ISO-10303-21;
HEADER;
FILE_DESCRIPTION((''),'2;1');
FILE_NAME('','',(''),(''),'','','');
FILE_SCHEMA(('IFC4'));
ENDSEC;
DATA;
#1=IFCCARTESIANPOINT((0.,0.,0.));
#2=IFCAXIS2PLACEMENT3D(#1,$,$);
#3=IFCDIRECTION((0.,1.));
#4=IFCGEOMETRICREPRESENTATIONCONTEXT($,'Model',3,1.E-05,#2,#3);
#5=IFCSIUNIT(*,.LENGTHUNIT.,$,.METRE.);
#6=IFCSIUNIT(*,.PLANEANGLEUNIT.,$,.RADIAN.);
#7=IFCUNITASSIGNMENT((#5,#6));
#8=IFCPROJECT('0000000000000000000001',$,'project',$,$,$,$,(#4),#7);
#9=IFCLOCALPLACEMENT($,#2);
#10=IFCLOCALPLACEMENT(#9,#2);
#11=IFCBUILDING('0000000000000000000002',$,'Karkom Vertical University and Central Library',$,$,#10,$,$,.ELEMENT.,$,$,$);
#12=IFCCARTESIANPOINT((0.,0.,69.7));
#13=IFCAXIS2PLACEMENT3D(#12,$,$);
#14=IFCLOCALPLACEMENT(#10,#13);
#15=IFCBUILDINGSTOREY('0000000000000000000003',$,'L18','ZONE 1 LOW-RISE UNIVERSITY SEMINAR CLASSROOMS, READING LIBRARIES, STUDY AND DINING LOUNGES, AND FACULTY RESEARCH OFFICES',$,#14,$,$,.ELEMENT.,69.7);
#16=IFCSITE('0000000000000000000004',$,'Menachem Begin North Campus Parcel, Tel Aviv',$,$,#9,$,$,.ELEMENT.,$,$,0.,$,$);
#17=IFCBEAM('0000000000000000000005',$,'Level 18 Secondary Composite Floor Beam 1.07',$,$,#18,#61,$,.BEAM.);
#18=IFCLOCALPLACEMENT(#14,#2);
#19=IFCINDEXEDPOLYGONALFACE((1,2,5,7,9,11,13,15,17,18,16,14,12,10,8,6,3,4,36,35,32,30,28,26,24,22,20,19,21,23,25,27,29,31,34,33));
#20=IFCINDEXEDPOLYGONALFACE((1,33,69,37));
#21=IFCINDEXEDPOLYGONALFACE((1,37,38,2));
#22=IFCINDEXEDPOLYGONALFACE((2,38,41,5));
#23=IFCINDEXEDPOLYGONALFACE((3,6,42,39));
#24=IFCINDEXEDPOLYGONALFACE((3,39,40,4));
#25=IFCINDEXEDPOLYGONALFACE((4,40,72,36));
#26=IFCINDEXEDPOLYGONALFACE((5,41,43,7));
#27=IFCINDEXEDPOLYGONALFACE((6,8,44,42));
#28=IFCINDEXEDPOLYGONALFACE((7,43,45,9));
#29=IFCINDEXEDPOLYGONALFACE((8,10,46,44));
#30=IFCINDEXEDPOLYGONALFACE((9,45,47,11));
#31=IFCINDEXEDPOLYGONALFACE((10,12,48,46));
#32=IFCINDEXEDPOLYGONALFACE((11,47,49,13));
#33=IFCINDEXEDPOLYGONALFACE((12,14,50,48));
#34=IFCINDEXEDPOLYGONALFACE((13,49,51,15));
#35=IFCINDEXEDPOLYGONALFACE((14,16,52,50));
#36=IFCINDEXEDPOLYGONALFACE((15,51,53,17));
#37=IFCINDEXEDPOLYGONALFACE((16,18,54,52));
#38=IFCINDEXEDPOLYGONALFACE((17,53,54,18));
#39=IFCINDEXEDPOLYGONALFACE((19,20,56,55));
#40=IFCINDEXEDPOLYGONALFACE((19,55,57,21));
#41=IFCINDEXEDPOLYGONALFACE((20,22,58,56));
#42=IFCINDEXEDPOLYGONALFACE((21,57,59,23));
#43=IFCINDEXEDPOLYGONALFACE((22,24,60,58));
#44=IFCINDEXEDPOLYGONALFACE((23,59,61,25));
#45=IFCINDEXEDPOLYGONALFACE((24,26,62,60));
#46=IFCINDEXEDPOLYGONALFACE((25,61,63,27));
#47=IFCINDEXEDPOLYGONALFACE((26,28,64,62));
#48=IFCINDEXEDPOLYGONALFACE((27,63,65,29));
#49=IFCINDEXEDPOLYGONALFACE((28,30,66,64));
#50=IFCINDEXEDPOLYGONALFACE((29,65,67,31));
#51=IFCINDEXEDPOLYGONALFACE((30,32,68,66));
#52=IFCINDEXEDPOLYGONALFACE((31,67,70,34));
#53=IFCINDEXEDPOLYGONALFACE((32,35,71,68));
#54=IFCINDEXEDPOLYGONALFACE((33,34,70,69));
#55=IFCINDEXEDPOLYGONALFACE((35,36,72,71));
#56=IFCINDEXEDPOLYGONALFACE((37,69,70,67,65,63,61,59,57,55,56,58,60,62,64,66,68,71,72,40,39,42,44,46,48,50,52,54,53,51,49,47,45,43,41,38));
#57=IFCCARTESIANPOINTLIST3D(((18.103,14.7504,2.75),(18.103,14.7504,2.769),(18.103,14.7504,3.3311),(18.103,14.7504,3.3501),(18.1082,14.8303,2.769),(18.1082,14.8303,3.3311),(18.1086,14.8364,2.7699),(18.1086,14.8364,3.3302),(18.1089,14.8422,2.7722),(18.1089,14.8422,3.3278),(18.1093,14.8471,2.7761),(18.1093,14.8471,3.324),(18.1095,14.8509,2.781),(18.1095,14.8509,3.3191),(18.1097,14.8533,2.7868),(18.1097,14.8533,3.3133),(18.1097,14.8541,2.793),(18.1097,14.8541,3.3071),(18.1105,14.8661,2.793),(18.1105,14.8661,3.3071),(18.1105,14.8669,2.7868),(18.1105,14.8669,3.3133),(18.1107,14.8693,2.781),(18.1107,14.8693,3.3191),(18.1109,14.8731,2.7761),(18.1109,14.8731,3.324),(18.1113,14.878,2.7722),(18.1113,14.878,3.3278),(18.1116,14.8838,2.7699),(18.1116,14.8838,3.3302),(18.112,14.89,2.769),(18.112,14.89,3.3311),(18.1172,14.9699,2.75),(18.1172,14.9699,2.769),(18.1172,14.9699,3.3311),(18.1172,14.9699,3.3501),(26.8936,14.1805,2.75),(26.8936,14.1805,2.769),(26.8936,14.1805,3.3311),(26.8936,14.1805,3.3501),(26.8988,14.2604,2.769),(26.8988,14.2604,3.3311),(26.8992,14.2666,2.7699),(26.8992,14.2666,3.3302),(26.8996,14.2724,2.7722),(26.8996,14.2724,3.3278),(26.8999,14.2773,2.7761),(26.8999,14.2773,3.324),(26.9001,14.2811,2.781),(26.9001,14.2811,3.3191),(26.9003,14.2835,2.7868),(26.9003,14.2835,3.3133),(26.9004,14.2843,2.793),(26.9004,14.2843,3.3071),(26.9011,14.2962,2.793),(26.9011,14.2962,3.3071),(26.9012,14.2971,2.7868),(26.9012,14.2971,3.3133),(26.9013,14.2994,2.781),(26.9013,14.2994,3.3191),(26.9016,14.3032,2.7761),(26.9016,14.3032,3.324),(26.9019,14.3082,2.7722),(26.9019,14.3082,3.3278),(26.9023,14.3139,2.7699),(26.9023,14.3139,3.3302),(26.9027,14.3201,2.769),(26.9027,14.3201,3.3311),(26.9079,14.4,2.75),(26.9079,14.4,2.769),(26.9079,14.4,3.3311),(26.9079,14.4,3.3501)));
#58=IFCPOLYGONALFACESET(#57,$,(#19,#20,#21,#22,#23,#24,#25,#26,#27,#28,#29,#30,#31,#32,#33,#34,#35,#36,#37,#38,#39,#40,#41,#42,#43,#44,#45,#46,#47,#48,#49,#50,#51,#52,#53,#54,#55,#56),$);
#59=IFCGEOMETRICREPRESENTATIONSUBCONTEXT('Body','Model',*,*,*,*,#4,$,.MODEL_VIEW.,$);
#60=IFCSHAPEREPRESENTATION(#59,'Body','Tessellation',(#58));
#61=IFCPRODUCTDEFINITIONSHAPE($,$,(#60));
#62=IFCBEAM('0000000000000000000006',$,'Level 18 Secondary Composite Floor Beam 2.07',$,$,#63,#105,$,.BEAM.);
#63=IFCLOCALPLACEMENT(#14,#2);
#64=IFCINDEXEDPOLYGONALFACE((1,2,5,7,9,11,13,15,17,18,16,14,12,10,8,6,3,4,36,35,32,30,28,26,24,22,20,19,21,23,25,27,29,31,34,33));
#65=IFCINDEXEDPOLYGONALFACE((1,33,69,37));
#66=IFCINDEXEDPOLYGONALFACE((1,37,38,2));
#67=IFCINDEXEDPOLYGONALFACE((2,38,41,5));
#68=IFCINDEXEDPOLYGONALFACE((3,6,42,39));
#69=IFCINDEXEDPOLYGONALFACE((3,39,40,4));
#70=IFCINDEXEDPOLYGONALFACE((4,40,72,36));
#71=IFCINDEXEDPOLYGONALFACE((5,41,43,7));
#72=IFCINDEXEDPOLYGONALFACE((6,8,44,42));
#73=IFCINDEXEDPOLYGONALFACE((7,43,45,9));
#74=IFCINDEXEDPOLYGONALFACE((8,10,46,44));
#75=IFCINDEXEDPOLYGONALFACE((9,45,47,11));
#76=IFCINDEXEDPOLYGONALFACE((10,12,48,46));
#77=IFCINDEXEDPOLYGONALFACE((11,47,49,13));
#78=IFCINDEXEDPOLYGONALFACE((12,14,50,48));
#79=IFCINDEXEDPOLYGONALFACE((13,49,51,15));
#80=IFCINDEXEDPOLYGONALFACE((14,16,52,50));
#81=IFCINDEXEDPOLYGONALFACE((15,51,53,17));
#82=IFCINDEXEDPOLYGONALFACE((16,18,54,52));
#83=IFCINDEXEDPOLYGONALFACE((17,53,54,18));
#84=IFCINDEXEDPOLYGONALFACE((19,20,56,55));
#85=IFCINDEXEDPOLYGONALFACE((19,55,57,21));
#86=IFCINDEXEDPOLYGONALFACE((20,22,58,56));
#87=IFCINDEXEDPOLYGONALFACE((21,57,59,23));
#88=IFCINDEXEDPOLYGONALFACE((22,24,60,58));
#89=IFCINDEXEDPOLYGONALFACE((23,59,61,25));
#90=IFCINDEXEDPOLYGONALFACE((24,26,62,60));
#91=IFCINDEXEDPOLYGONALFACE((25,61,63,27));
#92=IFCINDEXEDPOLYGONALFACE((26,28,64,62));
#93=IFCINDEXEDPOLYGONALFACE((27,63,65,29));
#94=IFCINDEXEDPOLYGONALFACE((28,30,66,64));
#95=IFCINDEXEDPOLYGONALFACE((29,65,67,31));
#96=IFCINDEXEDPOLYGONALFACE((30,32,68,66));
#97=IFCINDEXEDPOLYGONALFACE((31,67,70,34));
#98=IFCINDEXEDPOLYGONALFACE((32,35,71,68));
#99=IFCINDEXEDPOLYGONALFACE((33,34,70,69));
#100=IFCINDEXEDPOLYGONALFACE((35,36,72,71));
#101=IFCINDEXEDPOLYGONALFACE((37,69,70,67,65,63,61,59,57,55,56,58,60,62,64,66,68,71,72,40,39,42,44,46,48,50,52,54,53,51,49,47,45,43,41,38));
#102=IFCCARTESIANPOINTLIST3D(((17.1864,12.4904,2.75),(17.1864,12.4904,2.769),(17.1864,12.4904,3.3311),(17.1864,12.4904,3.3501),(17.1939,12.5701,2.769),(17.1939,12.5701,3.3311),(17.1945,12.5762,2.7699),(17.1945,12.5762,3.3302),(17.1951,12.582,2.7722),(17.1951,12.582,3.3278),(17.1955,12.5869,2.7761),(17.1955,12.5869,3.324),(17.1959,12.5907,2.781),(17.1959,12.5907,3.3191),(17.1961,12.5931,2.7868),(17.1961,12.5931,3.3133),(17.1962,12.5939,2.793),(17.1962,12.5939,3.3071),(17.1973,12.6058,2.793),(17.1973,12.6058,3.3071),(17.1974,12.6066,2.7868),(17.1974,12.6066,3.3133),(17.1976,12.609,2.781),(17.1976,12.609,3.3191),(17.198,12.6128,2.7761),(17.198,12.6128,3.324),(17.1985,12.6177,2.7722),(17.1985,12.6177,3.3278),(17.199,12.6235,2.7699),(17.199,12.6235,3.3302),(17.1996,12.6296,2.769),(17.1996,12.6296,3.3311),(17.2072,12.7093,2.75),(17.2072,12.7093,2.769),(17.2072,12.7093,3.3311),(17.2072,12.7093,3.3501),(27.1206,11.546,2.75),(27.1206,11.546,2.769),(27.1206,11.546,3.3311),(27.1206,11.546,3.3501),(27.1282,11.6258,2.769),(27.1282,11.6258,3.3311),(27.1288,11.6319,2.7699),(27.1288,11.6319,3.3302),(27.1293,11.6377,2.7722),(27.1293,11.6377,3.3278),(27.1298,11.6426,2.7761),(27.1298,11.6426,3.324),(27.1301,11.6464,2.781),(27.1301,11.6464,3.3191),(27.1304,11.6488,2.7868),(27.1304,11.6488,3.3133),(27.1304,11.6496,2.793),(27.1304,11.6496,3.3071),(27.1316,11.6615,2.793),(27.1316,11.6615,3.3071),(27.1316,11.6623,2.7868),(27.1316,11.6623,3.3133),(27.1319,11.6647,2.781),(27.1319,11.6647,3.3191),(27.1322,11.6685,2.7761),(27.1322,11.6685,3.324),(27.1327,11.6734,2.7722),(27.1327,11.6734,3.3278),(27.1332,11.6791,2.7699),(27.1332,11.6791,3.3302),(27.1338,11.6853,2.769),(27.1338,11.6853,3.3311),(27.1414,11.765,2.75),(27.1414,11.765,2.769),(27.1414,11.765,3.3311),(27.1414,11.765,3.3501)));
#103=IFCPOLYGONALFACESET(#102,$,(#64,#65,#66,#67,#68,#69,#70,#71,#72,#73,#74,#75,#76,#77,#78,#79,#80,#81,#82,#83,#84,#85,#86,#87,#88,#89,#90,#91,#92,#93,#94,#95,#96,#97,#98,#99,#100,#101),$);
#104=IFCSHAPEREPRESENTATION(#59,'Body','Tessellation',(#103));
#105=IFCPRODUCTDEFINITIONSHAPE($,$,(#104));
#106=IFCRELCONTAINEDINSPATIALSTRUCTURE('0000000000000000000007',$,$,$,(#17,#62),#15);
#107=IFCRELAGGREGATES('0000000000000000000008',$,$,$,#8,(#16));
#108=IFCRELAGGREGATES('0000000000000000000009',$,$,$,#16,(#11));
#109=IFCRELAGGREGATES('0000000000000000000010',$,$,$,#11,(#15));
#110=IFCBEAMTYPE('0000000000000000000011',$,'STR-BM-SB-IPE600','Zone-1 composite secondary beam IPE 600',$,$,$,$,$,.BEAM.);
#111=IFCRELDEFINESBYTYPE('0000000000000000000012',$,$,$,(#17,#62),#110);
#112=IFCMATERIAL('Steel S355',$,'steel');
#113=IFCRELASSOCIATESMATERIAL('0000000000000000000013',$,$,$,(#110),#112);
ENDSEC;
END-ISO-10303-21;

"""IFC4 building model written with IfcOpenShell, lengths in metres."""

from ifc_helpers import new_model, si_unit, direction, frame, origin, origin_with_axes, origin_2d, place, context, subcontext, project, spatial, i_section, extrude, source, transform, mapped, material, material_profile, profile_set, type_object, element, save


model = new_model("IFC4")

# Units and contexts
model_context = context("Model", 3, precision=1e-05, world=origin(), true_north=direction((0.0, 1.0)))
body_context = subcontext(model_context, "Body", "Model", "MODEL_VIEW")
ifc_project = project(units=[si_unit("LENGTHUNIT", "METRE"), si_unit("PLANEANGLEUNIT", "RADIAN")], contexts=[model_context])

# Site, building, storey
site_placement = place(None, origin())
site = spatial("IfcSite", under=ifc_project, at=site_placement, Name="Menachem Begin North Campus Parcel, Tel Aviv", CompositionType="ELEMENT", RefElevation=0.0)
building_placement = place(site_placement, origin())
building = spatial("IfcBuilding", under=site, at=building_placement, Name="Karkom Vertical University and Central Library", CompositionType="ELEMENT")
storey_placement = place(building_placement, frame((0.0, 0.0, 69.7)))
storey = spatial("IfcBuildingStorey", under=building, at=storey_placement, Name="L18", Description="ZONE 1 LOW-RISE UNIVERSITY SEMINAR CLASSROOMS, READING LIBRARIES, STUDY AND DINING LOUNGES, AND FACULTY RESEARCH OFFICES", CompositionType="ELEMENT", Elevation=69.7)

# Beams
ifc_material_1 = material(Name="Steel S355", Category="steel")
ifc_material_profile_1 = material_profile(ifc_material_1, i_section(OverallWidth=0.22, OverallDepth=0.6001, WebThickness=0.012, FlangeThickness=0.019, FilletRadius=0.0239, at=origin_2d()), Name="IPE 600")
ifc_profile_set_1 = profile_set([ifc_material_profile_1], Name="Steel S355")
beam_type_1 = type_object("IfcBeamType", Name="STR-BM-SB-IPE600", Description="Zone-1 composite secondary beam IPE 600", PredefinedType="BEAM", material=ifc_profile_set_1)
shared_shape_1 = source(origin_with_axes(), body_context, "Body", "SweptSolid", [
    extrude(i_section(OverallWidth=0.22, OverallDepth=0.6001, WebThickness=0.012, FlangeThickness=0.019, FilletRadius=0.0239, at=origin_2d()), origin(), (0.0, 0.0, 1.0), 8.8091),
])
beam_1_placement = place(storey_placement, frame((18.1101, 14.8601, 3.05), z_axis=(0.997906, -0.064687, 0.0), x_axis=(0.064687, 0.997906, 0.0)))
element("IfcBeam", 1, at=beam_1_placement, inside=storey, type_object=beam_type_1, Name="Level 18 Secondary Composite Floor Beam 1.07", PredefinedType="BEAM", context=body_context, shape_type="MappedRepresentation", body=[
    mapped(shared_shape_1, transform((0.0, 0.0, 0.0), scale=1.0)),
])
shared_shape_2 = source(origin_with_axes(), body_context, "Body", "SweptSolid", [
    extrude(i_section(OverallWidth=0.22, OverallDepth=0.6001, WebThickness=0.012, FlangeThickness=0.019, FilletRadius=0.0239, at=origin_2d()), origin(), (0.0, 0.0, 1.0), 9.979),
])
beam_2_placement = place(storey_placement, frame((17.1968, 12.5999, 3.05), z_axis=(0.995512, -0.094631, 0.0), x_axis=(0.094631, 0.995512, 0.0)))
element("IfcBeam", 2, at=beam_2_placement, inside=storey, type_object=beam_type_1, Name="Level 18 Secondary Composite Floor Beam 2.07", PredefinedType="BEAM", context=body_context, shape_type="MappedRepresentation", body=[
    mapped(shared_shape_2, transform((0.0, 0.0, 0.0), scale=1.0)),
])

save(model, "model.ifc")
